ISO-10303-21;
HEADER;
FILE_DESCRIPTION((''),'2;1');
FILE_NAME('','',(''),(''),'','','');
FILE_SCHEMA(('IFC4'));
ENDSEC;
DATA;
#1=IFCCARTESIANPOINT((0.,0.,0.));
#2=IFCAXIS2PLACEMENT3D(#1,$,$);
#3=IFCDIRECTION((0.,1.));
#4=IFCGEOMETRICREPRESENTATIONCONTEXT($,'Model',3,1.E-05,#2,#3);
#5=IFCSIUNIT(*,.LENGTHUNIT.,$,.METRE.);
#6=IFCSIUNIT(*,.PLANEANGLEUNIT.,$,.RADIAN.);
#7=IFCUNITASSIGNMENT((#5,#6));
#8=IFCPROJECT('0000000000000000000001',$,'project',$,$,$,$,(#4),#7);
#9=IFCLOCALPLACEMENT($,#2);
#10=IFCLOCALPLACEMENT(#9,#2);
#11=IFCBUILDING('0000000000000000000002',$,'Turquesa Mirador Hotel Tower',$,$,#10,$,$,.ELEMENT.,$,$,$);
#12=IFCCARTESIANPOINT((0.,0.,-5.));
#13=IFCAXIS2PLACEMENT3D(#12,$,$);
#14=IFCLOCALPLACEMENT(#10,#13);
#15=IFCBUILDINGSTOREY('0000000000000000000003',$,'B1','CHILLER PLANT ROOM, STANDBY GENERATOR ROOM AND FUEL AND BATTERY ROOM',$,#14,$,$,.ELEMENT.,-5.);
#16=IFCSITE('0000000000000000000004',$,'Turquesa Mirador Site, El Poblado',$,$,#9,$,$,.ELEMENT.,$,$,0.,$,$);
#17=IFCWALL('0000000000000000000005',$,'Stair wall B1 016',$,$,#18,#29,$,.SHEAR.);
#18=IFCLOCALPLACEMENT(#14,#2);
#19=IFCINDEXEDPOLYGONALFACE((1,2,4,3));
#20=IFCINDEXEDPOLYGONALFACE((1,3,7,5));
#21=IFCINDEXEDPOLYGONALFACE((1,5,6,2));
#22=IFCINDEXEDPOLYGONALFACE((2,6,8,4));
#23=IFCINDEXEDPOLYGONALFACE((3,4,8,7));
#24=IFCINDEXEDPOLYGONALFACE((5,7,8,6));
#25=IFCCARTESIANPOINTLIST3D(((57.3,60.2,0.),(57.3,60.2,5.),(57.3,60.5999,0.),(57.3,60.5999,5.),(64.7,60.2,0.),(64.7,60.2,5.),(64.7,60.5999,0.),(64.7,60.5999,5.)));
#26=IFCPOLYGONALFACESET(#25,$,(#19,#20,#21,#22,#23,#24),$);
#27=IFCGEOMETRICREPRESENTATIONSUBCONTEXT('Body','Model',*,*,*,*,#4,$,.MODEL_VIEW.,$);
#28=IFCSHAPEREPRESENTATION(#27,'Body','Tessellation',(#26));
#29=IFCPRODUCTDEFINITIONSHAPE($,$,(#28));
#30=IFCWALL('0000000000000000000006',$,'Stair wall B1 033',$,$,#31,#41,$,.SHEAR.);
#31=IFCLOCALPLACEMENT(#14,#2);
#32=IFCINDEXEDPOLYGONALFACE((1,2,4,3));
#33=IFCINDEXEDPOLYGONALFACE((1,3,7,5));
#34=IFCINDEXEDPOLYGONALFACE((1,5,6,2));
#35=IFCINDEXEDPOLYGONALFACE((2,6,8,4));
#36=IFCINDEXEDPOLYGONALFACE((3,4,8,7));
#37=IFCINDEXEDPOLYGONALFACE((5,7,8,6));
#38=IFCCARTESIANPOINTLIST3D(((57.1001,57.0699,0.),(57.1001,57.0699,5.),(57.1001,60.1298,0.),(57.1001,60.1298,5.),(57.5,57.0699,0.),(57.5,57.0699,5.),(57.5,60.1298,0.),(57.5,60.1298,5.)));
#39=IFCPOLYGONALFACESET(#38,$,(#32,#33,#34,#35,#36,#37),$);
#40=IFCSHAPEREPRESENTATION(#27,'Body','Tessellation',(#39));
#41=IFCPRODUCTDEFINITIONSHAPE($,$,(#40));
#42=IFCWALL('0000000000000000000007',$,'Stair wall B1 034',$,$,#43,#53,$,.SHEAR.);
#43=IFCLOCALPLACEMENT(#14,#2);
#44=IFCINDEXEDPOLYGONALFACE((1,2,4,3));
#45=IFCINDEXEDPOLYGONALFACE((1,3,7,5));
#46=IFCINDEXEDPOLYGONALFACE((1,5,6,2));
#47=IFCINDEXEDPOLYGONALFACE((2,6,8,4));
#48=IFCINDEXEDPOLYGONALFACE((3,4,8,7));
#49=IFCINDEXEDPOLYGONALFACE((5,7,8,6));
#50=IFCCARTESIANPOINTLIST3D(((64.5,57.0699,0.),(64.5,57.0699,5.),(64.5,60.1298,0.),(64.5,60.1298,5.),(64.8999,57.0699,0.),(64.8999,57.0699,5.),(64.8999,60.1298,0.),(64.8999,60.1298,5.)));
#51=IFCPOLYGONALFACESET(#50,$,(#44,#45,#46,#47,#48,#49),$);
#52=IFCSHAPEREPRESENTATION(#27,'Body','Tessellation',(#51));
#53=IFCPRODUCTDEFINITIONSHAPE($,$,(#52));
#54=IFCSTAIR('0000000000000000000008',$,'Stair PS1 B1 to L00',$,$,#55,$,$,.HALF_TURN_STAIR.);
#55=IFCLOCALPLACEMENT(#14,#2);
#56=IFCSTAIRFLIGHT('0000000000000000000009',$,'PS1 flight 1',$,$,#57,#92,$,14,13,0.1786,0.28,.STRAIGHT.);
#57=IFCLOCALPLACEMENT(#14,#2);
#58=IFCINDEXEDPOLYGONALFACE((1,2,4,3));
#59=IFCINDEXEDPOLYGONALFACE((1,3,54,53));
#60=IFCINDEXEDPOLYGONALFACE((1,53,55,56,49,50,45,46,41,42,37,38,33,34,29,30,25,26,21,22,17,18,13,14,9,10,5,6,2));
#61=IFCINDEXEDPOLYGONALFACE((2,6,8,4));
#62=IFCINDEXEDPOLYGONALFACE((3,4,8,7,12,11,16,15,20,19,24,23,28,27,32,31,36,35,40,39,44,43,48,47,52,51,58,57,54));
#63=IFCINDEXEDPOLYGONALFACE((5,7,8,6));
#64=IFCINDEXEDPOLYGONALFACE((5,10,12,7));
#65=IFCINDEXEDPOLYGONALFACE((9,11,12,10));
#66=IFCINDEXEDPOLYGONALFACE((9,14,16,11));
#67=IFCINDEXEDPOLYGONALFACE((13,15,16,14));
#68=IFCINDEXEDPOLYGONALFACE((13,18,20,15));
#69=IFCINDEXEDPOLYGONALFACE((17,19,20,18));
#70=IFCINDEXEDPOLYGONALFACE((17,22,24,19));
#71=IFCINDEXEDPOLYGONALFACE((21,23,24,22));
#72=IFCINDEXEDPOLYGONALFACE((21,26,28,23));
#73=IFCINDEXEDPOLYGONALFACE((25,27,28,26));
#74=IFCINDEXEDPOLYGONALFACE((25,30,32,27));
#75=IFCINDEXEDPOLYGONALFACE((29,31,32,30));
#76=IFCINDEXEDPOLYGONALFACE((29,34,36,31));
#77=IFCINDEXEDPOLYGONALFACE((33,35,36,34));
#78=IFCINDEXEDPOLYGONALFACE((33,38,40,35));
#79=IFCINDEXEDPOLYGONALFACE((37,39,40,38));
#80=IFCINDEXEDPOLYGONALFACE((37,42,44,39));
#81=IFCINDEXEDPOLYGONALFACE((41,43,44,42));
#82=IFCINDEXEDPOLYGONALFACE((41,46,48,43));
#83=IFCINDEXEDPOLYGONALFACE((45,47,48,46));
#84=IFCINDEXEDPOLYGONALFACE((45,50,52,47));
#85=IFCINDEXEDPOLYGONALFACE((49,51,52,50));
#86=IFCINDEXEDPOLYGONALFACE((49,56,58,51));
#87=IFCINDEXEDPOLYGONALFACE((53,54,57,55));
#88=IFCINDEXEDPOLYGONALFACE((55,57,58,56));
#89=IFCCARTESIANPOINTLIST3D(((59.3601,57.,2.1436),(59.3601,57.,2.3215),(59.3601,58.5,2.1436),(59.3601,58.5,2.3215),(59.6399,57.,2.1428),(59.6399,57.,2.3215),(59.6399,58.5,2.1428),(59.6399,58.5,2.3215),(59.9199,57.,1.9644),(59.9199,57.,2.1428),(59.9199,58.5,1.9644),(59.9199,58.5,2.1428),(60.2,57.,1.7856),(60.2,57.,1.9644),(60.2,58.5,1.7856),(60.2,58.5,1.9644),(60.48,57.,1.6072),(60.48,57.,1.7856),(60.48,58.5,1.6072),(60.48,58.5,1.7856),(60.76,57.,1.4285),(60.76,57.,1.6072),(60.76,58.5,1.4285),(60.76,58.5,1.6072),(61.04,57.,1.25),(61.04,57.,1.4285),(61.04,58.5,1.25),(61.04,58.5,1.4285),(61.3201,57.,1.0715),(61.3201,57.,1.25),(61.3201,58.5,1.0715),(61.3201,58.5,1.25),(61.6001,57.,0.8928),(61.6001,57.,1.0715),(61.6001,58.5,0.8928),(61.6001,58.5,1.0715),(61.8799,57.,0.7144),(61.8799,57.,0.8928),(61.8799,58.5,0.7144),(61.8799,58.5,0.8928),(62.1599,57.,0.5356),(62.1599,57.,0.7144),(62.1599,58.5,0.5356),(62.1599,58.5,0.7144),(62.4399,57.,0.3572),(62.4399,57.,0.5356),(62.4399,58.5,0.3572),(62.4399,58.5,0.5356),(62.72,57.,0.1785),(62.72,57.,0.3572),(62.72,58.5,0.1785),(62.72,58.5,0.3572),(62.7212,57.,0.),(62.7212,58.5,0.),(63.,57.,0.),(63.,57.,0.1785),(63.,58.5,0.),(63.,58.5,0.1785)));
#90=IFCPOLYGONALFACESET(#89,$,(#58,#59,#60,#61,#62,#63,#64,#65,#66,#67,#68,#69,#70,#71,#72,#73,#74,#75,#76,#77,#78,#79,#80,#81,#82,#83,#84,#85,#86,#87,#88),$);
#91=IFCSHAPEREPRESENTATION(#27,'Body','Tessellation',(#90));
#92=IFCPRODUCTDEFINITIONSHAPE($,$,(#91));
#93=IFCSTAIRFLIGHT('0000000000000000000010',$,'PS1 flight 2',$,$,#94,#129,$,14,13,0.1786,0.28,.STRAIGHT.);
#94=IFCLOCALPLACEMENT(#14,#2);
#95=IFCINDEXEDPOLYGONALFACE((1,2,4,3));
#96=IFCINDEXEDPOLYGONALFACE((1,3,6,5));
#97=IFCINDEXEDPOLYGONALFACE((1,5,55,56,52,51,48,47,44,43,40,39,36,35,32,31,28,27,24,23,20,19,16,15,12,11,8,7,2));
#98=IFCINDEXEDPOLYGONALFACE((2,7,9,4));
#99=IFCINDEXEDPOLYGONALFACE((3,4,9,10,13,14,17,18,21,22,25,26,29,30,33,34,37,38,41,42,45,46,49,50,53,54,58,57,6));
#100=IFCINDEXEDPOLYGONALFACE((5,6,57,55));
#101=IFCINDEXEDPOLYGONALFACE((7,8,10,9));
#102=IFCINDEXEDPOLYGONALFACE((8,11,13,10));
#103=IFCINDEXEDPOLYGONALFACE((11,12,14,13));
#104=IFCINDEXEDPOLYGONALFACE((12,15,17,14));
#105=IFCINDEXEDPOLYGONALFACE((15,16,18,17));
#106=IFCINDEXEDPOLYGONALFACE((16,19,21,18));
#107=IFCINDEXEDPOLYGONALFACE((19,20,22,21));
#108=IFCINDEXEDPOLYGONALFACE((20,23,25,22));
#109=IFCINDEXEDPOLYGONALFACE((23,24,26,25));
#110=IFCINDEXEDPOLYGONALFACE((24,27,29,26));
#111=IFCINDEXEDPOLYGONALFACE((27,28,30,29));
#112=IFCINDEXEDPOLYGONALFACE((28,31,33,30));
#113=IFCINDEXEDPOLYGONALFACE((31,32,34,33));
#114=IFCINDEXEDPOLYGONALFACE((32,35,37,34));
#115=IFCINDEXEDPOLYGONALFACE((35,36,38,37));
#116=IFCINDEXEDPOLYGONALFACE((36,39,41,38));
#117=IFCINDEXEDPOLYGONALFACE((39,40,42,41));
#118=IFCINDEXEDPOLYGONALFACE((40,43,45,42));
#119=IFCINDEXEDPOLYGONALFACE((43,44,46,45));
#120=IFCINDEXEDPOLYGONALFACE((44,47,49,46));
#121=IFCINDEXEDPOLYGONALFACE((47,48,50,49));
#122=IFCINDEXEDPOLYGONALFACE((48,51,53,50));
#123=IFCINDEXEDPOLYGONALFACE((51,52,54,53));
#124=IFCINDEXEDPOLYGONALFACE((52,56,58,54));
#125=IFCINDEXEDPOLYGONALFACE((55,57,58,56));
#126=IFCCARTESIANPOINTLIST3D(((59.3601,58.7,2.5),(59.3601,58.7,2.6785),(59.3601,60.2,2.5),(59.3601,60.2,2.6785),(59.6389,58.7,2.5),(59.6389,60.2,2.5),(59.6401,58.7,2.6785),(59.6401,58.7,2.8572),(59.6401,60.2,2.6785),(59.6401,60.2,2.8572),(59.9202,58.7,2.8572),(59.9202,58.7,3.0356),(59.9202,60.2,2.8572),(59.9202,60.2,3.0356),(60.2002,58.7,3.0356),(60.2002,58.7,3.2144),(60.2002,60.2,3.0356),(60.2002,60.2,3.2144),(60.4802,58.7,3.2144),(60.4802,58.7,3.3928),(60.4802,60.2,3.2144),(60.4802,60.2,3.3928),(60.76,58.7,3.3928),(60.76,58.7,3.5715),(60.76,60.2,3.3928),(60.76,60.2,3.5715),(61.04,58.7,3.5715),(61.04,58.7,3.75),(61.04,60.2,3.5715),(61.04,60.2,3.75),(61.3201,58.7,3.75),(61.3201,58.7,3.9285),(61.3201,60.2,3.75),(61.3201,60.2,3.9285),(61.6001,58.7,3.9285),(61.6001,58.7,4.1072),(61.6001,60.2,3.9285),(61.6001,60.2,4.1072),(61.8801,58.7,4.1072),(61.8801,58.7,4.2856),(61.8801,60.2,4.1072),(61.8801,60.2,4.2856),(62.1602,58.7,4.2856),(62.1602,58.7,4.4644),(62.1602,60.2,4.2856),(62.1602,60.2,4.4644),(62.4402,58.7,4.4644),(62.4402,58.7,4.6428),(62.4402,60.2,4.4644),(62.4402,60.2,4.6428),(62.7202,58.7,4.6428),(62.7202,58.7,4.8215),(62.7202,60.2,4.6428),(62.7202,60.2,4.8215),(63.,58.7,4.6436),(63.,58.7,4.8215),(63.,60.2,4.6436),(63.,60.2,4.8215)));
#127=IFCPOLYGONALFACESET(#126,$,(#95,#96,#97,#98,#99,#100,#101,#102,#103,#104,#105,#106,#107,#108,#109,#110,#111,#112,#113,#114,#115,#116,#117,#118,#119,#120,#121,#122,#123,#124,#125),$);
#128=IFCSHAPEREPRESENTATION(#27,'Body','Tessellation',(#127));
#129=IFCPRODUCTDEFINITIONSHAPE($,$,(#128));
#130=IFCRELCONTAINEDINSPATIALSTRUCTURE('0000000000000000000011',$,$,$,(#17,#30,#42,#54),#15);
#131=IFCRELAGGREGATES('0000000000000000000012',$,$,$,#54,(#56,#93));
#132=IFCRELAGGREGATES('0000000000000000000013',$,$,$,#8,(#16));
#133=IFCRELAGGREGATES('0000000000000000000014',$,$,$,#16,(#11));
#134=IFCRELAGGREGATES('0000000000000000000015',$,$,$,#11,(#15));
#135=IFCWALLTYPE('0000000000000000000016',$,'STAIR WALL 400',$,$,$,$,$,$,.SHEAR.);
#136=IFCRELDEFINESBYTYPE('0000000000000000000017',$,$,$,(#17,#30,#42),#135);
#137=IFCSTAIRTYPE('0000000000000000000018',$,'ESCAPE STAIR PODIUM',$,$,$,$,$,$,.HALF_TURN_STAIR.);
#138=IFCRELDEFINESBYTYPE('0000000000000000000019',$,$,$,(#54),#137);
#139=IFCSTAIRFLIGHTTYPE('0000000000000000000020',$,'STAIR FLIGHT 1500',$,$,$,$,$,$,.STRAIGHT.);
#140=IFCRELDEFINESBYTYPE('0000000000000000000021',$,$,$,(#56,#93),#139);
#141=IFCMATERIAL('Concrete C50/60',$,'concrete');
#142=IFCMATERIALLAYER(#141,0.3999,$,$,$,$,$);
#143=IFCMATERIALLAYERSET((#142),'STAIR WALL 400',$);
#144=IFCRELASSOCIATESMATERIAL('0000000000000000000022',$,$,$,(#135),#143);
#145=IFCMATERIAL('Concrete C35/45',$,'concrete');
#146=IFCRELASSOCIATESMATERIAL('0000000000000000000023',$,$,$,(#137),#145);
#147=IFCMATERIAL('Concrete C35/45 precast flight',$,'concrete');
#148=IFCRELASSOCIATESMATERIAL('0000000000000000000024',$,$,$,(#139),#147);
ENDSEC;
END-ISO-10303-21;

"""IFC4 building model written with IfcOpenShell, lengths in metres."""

from ifc_helpers import new_model, si_unit, direction, frame, frame_2d, origin, place, context, subcontext, project, spatial, polyline, rectangle, outline, extrude, material, layer, layer_set, type_object, element, aggregate, save


model = new_model("IFC4")

# Units and contexts
model_context = context("Model", 3, precision=1e-05, world=origin(), true_north=direction((0.0, 1.0)))
body_context = subcontext(model_context, "Body", "Model", "MODEL_VIEW")
ifc_project = project(units=[si_unit("LENGTHUNIT", "METRE"), si_unit("PLANEANGLEUNIT", "RADIAN")], contexts=[model_context])

# Site, building, storey
site_placement = place(None, origin())
site = spatial("IfcSite", under=ifc_project, at=site_placement, Name="Turquesa Mirador Site, El Poblado", CompositionType="ELEMENT", RefElevation=0.0)
building_placement = place(site_placement, origin())
building = spatial("IfcBuilding", under=site, at=building_placement, Name="Turquesa Mirador Hotel Tower", CompositionType="ELEMENT")
storey_placement = place(building_placement, frame((0.0, 0.0, -5.0)))
storey = spatial("IfcBuildingStorey", under=building, at=storey_placement, Name="B1", Description="CHILLER PLANT ROOM, STANDBY GENERATOR ROOM AND FUEL AND BATTERY ROOM", CompositionType="ELEMENT", Elevation=-5.0)

# Walls
ifc_material_1 = material(Name="Concrete C50/60", Category="concrete")
ifc_layer = layer(ifc_material_1, 0.3999)
ifc_layer_set = layer_set([ifc_layer], Name="STAIR WALL 400")
wall_type = type_object("IfcWallType", Name="STAIR WALL 400", PredefinedType="SHEAR", material=ifc_layer_set)
wall_placement = place(storey_placement, frame((57.3, 60.3999, 0.0), z_axis=(0.0, 0.0, 1.0), x_axis=(1.0, 0.0, 0.0)))
element("IfcWall", 1, at=wall_placement, inside=storey, type_object=wall_type, Name="Stair wall B1 016", PredefinedType="SHEAR", context=body_context, shape_type="SweptSolid", body=[
    extrude(rectangle(XDim=7.3999, YDim=0.3999, at=frame_2d((3.7, 0.0))), origin(), (0.0, 0.0, 1.0), 5.0),
])
for number, where, z_axis, x_axis, name in (
    (2, (57.3, 57.0701, 0.0), (0.0, 0.0, 1.0), (0.0, 1.0, 0.0), "Stair wall B1 033"),
    (3, (64.7, 57.0701, 0.0), (0.0, 0.0, 1.0), (0.0, 1.0, 0.0), "Stair wall B1 034"),
):
    element("IfcWall", number, at=place(storey_placement, frame(where, z_axis=z_axis, x_axis=x_axis)), inside=storey, type_object=wall_type, Name=name, PredefinedType="SHEAR", context=body_context, shape_type="SweptSolid", body=[
        extrude(rectangle(XDim=3.0598, YDim=0.3999, at=frame_2d((1.5298, 0.0))), origin(), (0.0, 0.0, 1.0), 5.0),
    ])

# Stair, stair flights
ifc_material_2 = material(Name="Concrete C35/45", Category="concrete")
stair_type = type_object("IfcStairType", Name="ESCAPE STAIR PODIUM", PredefinedType="HALF_TURN_STAIR", material=ifc_material_2)
stair_placement = place(storey_placement, origin())
stair = element("IfcStair", 4, at=stair_placement, inside=storey, type_object=stair_type, Name="Stair PS1 B1 to L00", PredefinedType="HALF_TURN_STAIR")
ifc_material_3 = material(Name="Concrete C35/45 precast flight", Category="concrete")
stair_flight_type = type_object("IfcStairFlightType", Name="STAIR FLIGHT 1500", PredefinedType="STRAIGHT", material=ifc_material_3)
stair_flight_1_placement = place(storey_placement, frame((63.0, 57.75, 0.0), z_axis=(0.0, 0.0, 1.0), x_axis=(-1.0, 0.0, 0.0)))
stair_flight_1 = element("IfcStairFlight", 5, at=stair_flight_1_placement, type_object=stair_flight_type, Name="PS1 flight 1", NumberOfRisers=14, NumberOfTreads=13, PredefinedType="STRAIGHT", RiserHeight=0.1786, TreadLength=0.28, context=body_context, shape_type="SweptSolid", body=[
    extrude(outline(polyline([(0.0, 0.0), (0.0, 0.1785), (0.28, 0.1785), (0.28, 0.3572), (0.5601, 0.3572), (0.5601, 0.5356), (0.8401, 0.5356), (0.8401, 0.7144), (1.1201, 0.7144), (1.1201, 0.8928), (1.3999, 0.8928), (1.3999, 1.0715), (1.6799, 1.0715), (1.6799, 1.25), (1.96, 1.25), (1.96, 1.4285), (2.24, 1.4285), (2.24, 1.6072), (2.52, 1.6072), (2.52, 1.7856), (2.8, 1.7856), (2.8, 1.9644), (3.0801, 1.9644), (3.0801, 2.1428), (3.3601, 2.1428), (3.3601, 2.3215), (3.6399, 2.3215), (3.6399, 2.5), (3.6399, 2.1436), (0.2788, 0.0), (0.0, 0.0)])), frame((0.0, 0.75, 0.0), z_axis=(0.0, -1.0, 0.0), x_axis=(1.0, 0.0, 0.0)), (0.0, 0.0, 1.0), 1.5),
])
stair_flight_2_placement = place(storey_placement, frame((59.3601, 59.45, 2.5), z_axis=(0.0, 0.0, 1.0), x_axis=(1.0, 0.0, 0.0)))
stair_flight_2 = element("IfcStairFlight", 6, at=stair_flight_2_placement, type_object=stair_flight_type, Name="PS1 flight 2", NumberOfRisers=14, NumberOfTreads=13, PredefinedType="STRAIGHT", RiserHeight=0.1786, TreadLength=0.28, context=body_context, shape_type="SweptSolid", body=[
    extrude(outline(polyline([(0.0, 0.0), (0.0, 0.1785), (0.28, 0.1785), (0.28, 0.3572), (0.5601, 0.3572), (0.5601, 0.5356), (0.8401, 0.5356), (0.8401, 0.7144), (1.1201, 0.7144), (1.1201, 0.8928), (1.3999, 0.8928), (1.3999, 1.0715), (1.6799, 1.0715), (1.6799, 1.25), (1.96, 1.25), (1.96, 1.4285), (2.24, 1.4285), (2.24, 1.6072), (2.52, 1.6072), (2.52, 1.7856), (2.8, 1.7856), (2.8, 1.9644), (3.0801, 1.9644), (3.0801, 2.1428), (3.3601, 2.1428), (3.3601, 2.3215), (3.6399, 2.3215), (3.6399, 2.5), (3.6399, 2.1436), (0.2788, 0.0), (0.0, 0.0)])), frame((0.0, 0.75, 0.0), z_axis=(0.0, -1.0, 0.0), x_axis=(1.0, 0.0, 0.0)), (0.0, 0.0, 1.0), 1.5),
])
aggregate(stair, [stair_flight_1, stair_flight_2])

save(model, "model.ifc")
